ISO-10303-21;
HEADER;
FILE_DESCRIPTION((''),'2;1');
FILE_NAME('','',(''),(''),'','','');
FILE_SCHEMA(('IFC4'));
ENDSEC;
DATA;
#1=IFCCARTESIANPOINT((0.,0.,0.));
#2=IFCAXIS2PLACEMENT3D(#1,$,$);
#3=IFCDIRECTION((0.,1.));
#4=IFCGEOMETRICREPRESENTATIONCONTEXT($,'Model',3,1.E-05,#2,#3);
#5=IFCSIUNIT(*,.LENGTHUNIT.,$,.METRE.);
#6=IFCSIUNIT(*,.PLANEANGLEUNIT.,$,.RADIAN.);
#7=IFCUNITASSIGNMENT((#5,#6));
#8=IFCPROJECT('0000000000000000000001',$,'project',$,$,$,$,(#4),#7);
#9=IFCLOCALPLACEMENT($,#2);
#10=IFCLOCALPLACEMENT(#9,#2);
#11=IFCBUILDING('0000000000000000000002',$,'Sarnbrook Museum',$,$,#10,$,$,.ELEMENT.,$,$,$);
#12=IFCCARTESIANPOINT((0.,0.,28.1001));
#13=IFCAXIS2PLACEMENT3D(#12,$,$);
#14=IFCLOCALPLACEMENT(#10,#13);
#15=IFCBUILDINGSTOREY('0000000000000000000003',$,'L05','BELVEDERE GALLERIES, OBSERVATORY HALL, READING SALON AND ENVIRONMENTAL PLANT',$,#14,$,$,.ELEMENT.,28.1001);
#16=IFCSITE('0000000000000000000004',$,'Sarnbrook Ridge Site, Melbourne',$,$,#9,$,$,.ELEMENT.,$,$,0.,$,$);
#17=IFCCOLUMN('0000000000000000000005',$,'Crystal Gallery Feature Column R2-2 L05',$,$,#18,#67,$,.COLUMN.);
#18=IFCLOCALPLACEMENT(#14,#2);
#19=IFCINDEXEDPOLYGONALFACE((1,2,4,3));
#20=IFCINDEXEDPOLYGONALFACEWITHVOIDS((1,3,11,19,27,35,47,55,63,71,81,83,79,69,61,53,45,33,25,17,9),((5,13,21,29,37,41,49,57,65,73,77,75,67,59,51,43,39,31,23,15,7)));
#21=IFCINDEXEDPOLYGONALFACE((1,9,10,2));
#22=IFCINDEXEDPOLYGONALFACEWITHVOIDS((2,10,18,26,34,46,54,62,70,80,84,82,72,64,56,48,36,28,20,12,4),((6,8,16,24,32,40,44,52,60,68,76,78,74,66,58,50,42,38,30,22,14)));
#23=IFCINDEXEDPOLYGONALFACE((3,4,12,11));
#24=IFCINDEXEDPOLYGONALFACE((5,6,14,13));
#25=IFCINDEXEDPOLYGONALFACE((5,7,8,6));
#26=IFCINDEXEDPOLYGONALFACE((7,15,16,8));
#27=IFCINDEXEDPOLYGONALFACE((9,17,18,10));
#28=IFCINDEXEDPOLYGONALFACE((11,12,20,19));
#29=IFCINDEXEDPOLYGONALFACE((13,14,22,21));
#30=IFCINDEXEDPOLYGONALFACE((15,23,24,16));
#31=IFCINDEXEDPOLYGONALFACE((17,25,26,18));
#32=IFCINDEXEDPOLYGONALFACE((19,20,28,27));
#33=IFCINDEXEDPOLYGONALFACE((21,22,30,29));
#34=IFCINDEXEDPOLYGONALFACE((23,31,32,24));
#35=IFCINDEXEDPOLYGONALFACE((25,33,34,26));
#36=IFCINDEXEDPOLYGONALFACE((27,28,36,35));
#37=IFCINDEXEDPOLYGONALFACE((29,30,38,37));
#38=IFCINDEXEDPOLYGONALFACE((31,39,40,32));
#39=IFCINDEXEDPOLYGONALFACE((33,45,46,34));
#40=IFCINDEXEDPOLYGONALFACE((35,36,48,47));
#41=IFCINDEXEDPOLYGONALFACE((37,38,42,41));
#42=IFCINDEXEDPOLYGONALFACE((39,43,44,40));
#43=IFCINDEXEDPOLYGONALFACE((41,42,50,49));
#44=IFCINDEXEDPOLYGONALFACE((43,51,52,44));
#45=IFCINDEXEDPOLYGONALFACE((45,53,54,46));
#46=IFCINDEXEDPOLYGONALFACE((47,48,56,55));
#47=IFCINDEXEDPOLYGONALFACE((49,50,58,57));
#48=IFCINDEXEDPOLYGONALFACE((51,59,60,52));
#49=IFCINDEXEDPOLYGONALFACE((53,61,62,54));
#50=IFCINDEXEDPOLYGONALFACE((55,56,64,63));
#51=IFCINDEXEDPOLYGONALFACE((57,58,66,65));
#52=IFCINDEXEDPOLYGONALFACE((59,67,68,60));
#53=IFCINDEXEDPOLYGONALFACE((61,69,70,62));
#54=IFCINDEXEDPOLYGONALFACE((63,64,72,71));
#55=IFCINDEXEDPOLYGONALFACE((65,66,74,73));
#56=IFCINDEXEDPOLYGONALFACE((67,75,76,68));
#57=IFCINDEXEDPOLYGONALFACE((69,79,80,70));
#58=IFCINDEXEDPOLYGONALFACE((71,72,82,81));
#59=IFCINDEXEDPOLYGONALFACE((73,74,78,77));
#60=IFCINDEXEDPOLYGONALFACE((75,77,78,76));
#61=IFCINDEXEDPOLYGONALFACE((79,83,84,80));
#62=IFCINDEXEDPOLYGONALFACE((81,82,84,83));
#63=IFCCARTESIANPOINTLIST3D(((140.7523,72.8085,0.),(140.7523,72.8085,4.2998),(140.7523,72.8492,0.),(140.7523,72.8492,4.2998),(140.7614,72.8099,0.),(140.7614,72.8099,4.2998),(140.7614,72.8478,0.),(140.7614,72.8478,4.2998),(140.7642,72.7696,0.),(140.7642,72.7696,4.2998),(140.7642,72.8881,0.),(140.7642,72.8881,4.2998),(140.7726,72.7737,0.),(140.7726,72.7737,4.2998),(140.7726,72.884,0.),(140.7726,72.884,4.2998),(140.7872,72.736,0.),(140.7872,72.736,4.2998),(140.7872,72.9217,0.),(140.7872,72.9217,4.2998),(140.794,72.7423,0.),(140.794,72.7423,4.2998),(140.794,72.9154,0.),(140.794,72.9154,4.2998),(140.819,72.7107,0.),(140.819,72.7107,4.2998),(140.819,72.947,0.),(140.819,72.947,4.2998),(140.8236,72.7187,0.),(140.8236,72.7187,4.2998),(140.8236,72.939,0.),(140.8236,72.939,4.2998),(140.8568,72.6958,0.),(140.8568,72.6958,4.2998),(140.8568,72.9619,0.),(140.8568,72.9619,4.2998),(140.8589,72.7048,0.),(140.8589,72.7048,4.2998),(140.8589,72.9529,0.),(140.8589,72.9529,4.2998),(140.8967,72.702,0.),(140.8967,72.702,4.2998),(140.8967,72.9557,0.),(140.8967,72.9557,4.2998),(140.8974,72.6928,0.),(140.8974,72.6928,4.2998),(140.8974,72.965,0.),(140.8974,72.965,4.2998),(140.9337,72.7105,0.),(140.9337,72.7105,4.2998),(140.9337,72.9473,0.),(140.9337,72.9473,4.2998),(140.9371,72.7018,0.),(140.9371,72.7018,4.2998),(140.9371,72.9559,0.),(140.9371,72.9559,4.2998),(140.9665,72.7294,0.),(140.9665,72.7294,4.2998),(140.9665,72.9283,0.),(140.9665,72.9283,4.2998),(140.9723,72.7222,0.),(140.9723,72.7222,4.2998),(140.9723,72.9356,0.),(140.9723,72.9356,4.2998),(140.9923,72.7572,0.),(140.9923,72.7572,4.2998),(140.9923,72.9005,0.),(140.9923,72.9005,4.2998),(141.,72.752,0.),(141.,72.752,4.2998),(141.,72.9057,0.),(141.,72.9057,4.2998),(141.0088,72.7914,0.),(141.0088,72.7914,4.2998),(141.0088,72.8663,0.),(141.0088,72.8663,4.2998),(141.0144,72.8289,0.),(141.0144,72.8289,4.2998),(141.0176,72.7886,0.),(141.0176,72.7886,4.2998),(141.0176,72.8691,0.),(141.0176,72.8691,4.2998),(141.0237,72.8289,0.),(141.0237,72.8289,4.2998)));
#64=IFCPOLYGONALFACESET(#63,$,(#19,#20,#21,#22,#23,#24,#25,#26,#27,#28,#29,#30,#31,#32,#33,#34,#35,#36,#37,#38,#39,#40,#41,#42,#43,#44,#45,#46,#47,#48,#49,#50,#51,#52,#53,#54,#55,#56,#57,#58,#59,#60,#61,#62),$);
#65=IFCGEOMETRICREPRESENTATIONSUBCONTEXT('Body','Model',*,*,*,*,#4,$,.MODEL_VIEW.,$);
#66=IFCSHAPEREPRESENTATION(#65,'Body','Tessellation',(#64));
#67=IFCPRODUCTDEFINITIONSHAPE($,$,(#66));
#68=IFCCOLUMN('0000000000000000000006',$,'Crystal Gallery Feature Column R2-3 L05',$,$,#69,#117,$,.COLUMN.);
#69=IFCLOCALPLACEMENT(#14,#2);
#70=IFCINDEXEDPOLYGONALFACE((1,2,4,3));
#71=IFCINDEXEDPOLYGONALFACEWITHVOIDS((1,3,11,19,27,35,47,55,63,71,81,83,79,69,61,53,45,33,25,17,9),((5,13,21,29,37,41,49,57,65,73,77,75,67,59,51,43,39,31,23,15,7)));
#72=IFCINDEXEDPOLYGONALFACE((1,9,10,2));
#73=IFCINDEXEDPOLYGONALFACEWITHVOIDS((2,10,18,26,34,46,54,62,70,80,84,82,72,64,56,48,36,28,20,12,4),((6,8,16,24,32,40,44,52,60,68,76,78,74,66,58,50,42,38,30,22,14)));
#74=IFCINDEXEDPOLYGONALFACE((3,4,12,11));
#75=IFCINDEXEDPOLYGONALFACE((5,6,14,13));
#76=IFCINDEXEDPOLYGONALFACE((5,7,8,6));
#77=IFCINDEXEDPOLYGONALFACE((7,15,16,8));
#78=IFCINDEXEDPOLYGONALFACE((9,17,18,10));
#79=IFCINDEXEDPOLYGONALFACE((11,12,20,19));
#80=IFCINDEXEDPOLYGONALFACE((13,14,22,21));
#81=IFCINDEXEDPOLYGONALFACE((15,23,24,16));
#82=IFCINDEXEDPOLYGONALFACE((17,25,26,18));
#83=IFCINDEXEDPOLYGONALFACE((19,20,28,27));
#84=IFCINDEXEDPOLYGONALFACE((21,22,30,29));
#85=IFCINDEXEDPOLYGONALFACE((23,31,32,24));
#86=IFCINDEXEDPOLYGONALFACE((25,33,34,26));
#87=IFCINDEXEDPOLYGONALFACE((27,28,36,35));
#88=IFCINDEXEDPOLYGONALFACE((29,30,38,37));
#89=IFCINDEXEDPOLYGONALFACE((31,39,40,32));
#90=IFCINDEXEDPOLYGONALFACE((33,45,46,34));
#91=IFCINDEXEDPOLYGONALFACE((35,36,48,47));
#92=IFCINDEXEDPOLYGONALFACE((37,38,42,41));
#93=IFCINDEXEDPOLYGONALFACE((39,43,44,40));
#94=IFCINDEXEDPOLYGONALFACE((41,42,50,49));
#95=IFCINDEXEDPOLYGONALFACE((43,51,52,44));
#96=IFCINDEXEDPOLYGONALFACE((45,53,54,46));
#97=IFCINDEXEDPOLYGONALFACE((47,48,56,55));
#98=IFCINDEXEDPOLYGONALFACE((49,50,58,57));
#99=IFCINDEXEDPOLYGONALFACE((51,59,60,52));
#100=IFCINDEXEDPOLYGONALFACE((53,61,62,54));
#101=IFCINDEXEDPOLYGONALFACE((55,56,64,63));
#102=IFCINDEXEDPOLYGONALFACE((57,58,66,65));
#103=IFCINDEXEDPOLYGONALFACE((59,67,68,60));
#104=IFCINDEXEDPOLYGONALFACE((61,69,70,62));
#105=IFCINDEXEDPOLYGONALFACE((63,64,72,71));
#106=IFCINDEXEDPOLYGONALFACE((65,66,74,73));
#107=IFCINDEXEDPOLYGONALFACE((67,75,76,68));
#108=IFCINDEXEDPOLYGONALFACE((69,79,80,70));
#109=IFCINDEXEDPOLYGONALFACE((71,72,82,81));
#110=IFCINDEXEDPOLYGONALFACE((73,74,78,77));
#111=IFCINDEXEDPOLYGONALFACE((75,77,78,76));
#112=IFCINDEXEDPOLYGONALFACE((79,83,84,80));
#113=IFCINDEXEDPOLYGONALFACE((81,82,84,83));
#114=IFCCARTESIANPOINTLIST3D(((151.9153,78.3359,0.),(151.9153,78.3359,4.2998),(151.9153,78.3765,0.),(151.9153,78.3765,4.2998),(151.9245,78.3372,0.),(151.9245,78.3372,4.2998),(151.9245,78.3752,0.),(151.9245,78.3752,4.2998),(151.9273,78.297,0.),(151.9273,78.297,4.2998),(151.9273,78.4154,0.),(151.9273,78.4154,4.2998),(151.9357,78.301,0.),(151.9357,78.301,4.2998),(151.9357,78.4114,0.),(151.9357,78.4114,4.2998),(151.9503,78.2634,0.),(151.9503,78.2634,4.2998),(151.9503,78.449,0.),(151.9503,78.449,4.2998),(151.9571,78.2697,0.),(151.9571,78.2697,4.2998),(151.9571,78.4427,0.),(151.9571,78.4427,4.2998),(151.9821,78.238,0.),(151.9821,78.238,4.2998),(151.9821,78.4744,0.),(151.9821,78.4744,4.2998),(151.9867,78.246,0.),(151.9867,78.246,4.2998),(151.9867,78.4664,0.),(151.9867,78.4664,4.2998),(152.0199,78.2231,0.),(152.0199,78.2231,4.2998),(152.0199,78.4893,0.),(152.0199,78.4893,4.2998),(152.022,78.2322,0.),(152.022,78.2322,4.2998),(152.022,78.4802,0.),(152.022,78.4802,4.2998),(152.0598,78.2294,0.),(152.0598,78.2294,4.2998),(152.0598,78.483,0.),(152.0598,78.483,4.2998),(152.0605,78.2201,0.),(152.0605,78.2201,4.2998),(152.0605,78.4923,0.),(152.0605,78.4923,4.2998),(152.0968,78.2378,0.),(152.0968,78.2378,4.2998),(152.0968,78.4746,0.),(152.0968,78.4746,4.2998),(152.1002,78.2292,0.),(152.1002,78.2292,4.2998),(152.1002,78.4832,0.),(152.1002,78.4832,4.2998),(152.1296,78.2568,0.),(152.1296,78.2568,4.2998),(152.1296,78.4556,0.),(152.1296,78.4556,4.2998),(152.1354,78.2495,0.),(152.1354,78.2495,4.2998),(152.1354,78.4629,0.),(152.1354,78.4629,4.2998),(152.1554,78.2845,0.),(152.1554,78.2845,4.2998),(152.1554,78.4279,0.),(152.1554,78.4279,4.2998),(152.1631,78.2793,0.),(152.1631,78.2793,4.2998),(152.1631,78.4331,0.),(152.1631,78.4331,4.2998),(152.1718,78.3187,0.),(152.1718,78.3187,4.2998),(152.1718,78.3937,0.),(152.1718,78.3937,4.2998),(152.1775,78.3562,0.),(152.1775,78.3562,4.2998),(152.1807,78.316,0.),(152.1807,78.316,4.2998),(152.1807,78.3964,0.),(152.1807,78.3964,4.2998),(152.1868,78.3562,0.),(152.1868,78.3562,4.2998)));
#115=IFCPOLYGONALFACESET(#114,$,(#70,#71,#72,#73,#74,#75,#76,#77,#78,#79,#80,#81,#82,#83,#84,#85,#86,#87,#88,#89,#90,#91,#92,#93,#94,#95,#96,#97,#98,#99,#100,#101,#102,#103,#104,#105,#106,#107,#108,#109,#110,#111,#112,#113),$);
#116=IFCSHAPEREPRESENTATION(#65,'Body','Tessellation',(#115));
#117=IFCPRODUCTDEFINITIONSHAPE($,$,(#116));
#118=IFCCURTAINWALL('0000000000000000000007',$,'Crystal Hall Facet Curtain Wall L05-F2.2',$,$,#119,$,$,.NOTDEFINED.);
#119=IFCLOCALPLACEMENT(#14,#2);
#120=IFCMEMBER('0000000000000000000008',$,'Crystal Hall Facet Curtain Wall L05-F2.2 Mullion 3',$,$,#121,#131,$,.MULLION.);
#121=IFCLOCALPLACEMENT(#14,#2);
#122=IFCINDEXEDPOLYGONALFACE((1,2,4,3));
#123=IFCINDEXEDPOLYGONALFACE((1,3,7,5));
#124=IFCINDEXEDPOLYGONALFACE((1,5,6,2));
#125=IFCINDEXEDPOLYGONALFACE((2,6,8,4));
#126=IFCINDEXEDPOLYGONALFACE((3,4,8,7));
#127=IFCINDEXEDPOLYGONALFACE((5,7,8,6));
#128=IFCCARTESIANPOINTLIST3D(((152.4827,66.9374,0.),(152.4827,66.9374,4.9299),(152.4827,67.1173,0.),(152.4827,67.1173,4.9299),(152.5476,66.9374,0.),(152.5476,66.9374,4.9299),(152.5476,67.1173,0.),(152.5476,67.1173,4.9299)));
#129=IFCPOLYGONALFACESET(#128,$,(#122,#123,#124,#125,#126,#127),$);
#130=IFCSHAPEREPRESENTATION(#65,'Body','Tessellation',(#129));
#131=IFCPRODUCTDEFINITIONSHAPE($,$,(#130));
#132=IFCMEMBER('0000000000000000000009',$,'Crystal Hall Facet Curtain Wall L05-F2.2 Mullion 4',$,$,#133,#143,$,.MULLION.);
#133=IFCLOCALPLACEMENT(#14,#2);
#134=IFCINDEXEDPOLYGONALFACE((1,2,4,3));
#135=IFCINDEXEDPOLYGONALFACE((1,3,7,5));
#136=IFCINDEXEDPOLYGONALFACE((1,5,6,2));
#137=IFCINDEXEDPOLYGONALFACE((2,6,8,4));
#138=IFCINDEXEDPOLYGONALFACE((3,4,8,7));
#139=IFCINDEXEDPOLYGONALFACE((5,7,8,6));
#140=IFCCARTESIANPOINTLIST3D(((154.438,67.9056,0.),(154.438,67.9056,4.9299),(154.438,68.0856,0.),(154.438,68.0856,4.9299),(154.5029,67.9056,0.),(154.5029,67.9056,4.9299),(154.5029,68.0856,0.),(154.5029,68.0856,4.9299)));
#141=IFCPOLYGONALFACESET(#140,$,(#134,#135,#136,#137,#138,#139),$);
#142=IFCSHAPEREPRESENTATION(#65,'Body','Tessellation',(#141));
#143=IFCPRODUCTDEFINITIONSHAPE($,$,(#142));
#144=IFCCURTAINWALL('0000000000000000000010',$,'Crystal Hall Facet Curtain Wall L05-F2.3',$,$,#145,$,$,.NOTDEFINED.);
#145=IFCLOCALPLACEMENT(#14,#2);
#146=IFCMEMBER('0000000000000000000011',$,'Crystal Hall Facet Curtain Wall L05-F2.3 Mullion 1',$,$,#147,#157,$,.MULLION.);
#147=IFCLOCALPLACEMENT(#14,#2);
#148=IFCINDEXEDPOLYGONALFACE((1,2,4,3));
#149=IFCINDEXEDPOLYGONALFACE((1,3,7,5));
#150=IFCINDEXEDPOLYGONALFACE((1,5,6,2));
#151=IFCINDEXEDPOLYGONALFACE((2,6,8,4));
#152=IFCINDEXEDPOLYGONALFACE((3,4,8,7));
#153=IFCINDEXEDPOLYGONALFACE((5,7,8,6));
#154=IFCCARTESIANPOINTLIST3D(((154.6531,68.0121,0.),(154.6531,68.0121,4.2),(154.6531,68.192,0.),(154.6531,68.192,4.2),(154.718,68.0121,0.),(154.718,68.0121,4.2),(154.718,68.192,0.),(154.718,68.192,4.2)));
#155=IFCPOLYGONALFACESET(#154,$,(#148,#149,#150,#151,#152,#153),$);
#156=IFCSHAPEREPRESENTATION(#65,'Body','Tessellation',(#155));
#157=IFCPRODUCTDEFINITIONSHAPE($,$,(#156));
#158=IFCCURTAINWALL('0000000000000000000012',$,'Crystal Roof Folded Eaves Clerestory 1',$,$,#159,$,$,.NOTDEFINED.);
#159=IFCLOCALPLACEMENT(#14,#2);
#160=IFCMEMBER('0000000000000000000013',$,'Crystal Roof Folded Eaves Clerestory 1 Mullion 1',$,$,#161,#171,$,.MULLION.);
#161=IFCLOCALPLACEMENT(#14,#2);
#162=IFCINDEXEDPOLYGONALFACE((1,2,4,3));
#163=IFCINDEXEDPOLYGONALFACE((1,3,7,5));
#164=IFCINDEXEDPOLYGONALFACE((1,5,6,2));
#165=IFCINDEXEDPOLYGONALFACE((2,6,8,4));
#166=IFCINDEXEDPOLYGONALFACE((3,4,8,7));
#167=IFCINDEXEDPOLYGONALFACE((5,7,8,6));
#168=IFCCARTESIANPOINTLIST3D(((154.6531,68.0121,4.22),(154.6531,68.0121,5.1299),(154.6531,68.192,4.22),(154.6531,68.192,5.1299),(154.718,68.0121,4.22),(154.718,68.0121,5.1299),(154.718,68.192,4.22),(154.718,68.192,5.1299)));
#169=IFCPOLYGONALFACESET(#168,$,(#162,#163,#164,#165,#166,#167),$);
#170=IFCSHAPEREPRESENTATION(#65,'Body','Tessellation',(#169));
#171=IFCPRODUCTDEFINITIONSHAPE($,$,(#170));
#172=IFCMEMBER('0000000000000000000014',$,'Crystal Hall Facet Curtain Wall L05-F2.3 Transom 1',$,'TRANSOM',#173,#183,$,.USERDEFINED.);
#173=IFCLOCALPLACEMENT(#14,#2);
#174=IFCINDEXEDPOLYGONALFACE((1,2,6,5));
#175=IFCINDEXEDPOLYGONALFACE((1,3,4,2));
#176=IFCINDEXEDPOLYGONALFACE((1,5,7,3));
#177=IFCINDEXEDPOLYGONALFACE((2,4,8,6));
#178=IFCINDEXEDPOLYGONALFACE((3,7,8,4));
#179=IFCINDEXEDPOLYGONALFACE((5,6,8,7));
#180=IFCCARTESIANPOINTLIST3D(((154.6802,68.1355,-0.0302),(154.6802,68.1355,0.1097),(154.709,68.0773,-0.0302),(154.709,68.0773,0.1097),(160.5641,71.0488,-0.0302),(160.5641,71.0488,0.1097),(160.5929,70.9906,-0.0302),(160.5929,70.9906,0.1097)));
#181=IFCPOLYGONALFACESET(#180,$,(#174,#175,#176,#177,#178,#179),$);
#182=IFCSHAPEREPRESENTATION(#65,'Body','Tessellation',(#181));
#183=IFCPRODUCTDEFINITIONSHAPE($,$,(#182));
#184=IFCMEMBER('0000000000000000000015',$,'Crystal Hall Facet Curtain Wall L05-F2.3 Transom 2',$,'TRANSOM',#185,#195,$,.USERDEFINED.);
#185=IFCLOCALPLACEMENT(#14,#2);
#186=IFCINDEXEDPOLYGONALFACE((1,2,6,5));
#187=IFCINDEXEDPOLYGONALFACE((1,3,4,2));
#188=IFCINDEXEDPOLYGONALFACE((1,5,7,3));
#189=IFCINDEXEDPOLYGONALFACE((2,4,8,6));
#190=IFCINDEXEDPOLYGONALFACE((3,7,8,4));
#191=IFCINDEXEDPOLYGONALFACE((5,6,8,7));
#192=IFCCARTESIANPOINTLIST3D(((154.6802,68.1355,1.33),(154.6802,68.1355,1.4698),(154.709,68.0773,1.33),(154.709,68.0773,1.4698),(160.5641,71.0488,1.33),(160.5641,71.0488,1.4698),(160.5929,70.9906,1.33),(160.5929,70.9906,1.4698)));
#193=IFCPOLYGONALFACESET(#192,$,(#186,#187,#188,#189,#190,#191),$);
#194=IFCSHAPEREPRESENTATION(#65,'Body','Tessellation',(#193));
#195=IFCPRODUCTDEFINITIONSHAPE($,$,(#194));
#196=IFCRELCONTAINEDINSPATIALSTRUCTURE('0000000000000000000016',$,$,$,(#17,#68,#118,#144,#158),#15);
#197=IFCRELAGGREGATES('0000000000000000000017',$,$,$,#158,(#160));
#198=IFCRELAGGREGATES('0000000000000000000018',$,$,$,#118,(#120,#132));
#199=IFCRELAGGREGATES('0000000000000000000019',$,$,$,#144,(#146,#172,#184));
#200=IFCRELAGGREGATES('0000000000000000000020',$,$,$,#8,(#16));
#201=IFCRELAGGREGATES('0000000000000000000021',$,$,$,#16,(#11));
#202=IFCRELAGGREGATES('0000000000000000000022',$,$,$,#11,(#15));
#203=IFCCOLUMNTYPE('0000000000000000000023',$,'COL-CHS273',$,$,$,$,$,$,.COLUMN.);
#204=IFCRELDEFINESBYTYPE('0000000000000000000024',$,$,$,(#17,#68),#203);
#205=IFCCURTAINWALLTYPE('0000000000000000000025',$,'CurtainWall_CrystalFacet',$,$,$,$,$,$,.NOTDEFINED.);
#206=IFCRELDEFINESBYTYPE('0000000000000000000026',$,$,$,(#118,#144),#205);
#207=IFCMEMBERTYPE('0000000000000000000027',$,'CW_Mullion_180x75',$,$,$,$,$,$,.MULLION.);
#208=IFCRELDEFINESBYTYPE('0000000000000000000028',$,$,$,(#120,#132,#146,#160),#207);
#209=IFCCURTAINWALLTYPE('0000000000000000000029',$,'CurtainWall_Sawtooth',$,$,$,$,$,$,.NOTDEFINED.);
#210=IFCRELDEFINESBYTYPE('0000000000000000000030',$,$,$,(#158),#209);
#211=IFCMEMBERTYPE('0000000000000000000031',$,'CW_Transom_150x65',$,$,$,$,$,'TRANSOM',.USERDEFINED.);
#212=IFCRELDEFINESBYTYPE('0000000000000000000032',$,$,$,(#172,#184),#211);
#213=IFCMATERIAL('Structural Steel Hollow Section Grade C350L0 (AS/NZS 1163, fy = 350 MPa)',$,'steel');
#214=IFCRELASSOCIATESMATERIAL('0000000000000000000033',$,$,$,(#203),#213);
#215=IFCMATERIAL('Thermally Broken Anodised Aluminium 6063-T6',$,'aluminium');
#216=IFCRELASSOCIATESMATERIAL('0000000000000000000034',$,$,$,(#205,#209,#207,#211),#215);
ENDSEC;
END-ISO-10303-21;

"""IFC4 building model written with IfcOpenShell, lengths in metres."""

from ifc_helpers import new_model, si_unit, direction, frame, origin, origin_2d, place, context, subcontext, project, spatial, rectangle, hollow_circle, extrude, material, material_profile, profile_set, type_object, element, aggregate, save


model = new_model("IFC4")

# Units and contexts
model_context = context("Model", 3, precision=1e-05, world=origin(), true_north=direction((0.0, 1.0)))
body_context = subcontext(model_context, "Body", "Model", "MODEL_VIEW")
ifc_project = project(units=[si_unit("LENGTHUNIT", "METRE"), si_unit("PLANEANGLEUNIT", "RADIAN")], contexts=[model_context])

# Site, building, storey
site_placement = place(None, origin())
site = spatial("IfcSite", under=ifc_project, at=site_placement, Name="Sarnbrook Ridge Site, Melbourne", CompositionType="ELEMENT", RefElevation=0.0)
building_placement = place(site_placement, origin())
building = spatial("IfcBuilding", under=site, at=building_placement, Name="Sarnbrook Museum", CompositionType="ELEMENT")
storey_placement = place(building_placement, frame((0.0, 0.0, 28.1001)))
storey = spatial("IfcBuildingStorey", under=building, at=storey_placement, Name="L05", Description="BELVEDERE GALLERIES, OBSERVATORY HALL, READING SALON AND ENVIRONMENTAL PLANT", CompositionType="ELEMENT", Elevation=28.1001)

# Columns
ifc_material_1 = material(Name="Structural Steel Hollow Section Grade C350L0 (AS/NZS 1163, fy = 350 MPa)", Category="steel")
ifc_material_profile_1 = material_profile(ifc_material_1, hollow_circle(Radius=0.1365, WallThickness=0.0093, at=origin_2d()), Name="273.1x9.3CHS")
ifc_profile_set_1 = profile_set([ifc_material_profile_1], Name="Structural Steel Hollow Section Grade C350L0 (AS/NZS 1163, fy = 350 MPa)")
column_type = type_object("IfcColumnType", Name="COL-CHS273", PredefinedType="COLUMN", material=ifc_profile_set_1)
for number, where, z_axis, x_axis, name in (
    (1, (140.8872, 72.8289, 0.0), (0.0, 0.0, 1.0), (1.0, 0.0, 0.0), "Crystal Gallery Feature Column R2-2 L05"),
    (2, (152.0503, 78.3562, 0.0), (0.0, 0.0, 1.0), (1.0, 0.0, 0.0), "Crystal Gallery Feature Column R2-3 L05"),
):
    element("IfcColumn", number, at=place(storey_placement, frame(where, z_axis=z_axis, x_axis=x_axis)), inside=storey, type_object=column_type, Name=name, PredefinedType="COLUMN", context=body_context, shape_type="SweptSolid", body=[
        extrude(hollow_circle(Radius=0.1365, WallThickness=0.0093, at=origin_2d()), origin(), (0.0, 0.0, 1.0), 4.2998),
    ])

# Curtain wall, members
ifc_material_2 = material(Name="Thermally Broken Anodised Aluminium 6063-T6", Category="aluminium")
curtain_wall_type_1 = type_object("IfcCurtainWallType", Name="CurtainWall_CrystalFacet", PredefinedType="NOTDEFINED", material=ifc_material_2)
curtain_wall_1_placement = place(storey_placement, origin())
curtain_wall_1 = element("IfcCurtainWall", 3, at=curtain_wall_1_placement, inside=storey, type_object=curtain_wall_type_1, Name="Crystal Hall Facet Curtain Wall L05-F2.2", PredefinedType="NOTDEFINED")
ifc_material_profile_2 = material_profile(ifc_material_2, rectangle(XDim=0.0649, YDim=0.1799, at=origin_2d()), Name="ALU MULLION 65x180")
ifc_profile_set_2 = profile_set([ifc_material_profile_2], Name="Thermally Broken Anodised Aluminium 6063-T6")
member_type_1 = type_object("IfcMemberType", Name="CW_Mullion_180x75", PredefinedType="MULLION", material=ifc_profile_set_2)
member_1_placement = place(storey_placement, frame((152.5151, 67.0273, 0.0), z_axis=(0.0, 0.0, 1.0), x_axis=(1.0, 0.0, 0.0)))
member_1 = element("IfcMember", 4, at=member_1_placement, type_object=member_type_1, Name="Crystal Hall Facet Curtain Wall L05-F2.2 Mullion 3", PredefinedType="MULLION", context=body_context, shape_type="SweptSolid", body=[
    extrude(rectangle(XDim=0.0649, YDim=0.1799, at=origin_2d()), origin(), (0.0, 0.0, 1.0), 4.9299),
])
member_2_placement = place(storey_placement, frame((154.4705, 67.9956, 0.0), z_axis=(0.0, 0.0, 1.0), x_axis=(1.0, 0.0, 0.0)))
member_2 = element("IfcMember", 5, at=member_2_placement, type_object=member_type_1, Name="Crystal Hall Facet Curtain Wall L05-F2.2 Mullion 4", PredefinedType="MULLION", context=body_context, shape_type="SweptSolid", body=[
    extrude(rectangle(XDim=0.0649, YDim=0.1799, at=origin_2d()), origin(), (0.0, 0.0, 1.0), 4.9299),
])

# Curtain walls, members
curtain_wall_2_placement = place(storey_placement, origin())
curtain_wall_2 = element("IfcCurtainWall", 6, at=curtain_wall_2_placement, inside=storey, type_object=curtain_wall_type_1, Name="Crystal Hall Facet Curtain Wall L05-F2.3", PredefinedType="NOTDEFINED")
member_3_placement = place(storey_placement, frame((154.6855, 68.1021, 0.0), z_axis=(0.0, 0.0, 1.0), x_axis=(1.0, 0.0, 0.0)))
member_3 = element("IfcMember", 7, at=member_3_placement, type_object=member_type_1, Name="Crystal Hall Facet Curtain Wall L05-F2.3 Mullion 1", PredefinedType="MULLION", context=body_context, shape_type="SweptSolid", body=[
    extrude(rectangle(XDim=0.0649, YDim=0.1799, at=origin_2d()), origin(), (0.0, 0.0, 1.0), 4.2),
])
curtain_wall_type_2 = type_object("IfcCurtainWallType", Name="CurtainWall_Sawtooth", PredefinedType="NOTDEFINED", material=ifc_material_2)
curtain_wall_3_placement = place(storey_placement, origin())
curtain_wall_3 = element("IfcCurtainWall", 8, at=curtain_wall_3_placement, inside=storey, type_object=curtain_wall_type_2, Name="Crystal Roof Folded Eaves Clerestory 1", PredefinedType="NOTDEFINED")
member_4_placement = place(storey_placement, frame((154.6855, 68.1021, 4.22), z_axis=(0.0, 0.0, 1.0), x_axis=(1.0, 0.0, 0.0)))
member_4 = element("IfcMember", 9, at=member_4_placement, type_object=member_type_1, Name="Crystal Roof Folded Eaves Clerestory 1 Mullion 1", PredefinedType="MULLION", context=body_context, shape_type="SweptSolid", body=[
    extrude(rectangle(XDim=0.0649, YDim=0.1799, at=origin_2d()), origin(), (0.0, 0.0, 1.0), 0.9099),
])

# Members
ifc_material_profile_3 = material_profile(ifc_material_2, rectangle(XDim=0.0649, YDim=0.1399, at=origin_2d()), Name="ALU TRANSOM 65x140")
ifc_profile_set_3 = profile_set([ifc_material_profile_3], Name="Thermally Broken Anodised Aluminium 6063-T6")
member_type_2 = type_object("IfcMemberType", Name="CW_Transom_150x65", ElementType="TRANSOM", PredefinedType="USERDEFINED", material=ifc_profile_set_3)
member_5_placement = place(storey_placement, frame((154.6946, 68.1064, 0.0398), z_axis=(0.896168, 0.443715, 0.0), x_axis=(-0.443715, 0.896168, 0.0)))
member_5 = element("IfcMember", 10, at=member_5_placement, type_object=member_type_2, Name="Crystal Hall Facet Curtain Wall L05-F2.3 Transom 1", ObjectType="TRANSOM", PredefinedType="USERDEFINED", context=body_context, shape_type="SweptSolid", body=[
    extrude(rectangle(XDim=0.0649, YDim=0.1399, at=origin_2d()), origin(), (0.0, 0.0, 1.0), 6.5657),
])
member_6_placement = place(storey_placement, frame((154.6946, 68.1064, 1.3999), z_axis=(0.896168, 0.443715, 0.0), x_axis=(-0.443715, 0.896168, 0.0)))
member_6 = element("IfcMember", 11, at=member_6_placement, type_object=member_type_2, Name="Crystal Hall Facet Curtain Wall L05-F2.3 Transom 2", ObjectType="TRANSOM", PredefinedType="USERDEFINED", context=body_context, shape_type="SweptSolid", body=[
    extrude(rectangle(XDim=0.0649, YDim=0.1399, at=origin_2d()), origin(), (0.0, 0.0, 1.0), 6.5657),
])
aggregate(curtain_wall_3, [member_4])

aggregate(curtain_wall_1, [member_1, member_2])
aggregate(curtain_wall_2, [member_3, member_5, member_6])

save(model, "model.ifc")
